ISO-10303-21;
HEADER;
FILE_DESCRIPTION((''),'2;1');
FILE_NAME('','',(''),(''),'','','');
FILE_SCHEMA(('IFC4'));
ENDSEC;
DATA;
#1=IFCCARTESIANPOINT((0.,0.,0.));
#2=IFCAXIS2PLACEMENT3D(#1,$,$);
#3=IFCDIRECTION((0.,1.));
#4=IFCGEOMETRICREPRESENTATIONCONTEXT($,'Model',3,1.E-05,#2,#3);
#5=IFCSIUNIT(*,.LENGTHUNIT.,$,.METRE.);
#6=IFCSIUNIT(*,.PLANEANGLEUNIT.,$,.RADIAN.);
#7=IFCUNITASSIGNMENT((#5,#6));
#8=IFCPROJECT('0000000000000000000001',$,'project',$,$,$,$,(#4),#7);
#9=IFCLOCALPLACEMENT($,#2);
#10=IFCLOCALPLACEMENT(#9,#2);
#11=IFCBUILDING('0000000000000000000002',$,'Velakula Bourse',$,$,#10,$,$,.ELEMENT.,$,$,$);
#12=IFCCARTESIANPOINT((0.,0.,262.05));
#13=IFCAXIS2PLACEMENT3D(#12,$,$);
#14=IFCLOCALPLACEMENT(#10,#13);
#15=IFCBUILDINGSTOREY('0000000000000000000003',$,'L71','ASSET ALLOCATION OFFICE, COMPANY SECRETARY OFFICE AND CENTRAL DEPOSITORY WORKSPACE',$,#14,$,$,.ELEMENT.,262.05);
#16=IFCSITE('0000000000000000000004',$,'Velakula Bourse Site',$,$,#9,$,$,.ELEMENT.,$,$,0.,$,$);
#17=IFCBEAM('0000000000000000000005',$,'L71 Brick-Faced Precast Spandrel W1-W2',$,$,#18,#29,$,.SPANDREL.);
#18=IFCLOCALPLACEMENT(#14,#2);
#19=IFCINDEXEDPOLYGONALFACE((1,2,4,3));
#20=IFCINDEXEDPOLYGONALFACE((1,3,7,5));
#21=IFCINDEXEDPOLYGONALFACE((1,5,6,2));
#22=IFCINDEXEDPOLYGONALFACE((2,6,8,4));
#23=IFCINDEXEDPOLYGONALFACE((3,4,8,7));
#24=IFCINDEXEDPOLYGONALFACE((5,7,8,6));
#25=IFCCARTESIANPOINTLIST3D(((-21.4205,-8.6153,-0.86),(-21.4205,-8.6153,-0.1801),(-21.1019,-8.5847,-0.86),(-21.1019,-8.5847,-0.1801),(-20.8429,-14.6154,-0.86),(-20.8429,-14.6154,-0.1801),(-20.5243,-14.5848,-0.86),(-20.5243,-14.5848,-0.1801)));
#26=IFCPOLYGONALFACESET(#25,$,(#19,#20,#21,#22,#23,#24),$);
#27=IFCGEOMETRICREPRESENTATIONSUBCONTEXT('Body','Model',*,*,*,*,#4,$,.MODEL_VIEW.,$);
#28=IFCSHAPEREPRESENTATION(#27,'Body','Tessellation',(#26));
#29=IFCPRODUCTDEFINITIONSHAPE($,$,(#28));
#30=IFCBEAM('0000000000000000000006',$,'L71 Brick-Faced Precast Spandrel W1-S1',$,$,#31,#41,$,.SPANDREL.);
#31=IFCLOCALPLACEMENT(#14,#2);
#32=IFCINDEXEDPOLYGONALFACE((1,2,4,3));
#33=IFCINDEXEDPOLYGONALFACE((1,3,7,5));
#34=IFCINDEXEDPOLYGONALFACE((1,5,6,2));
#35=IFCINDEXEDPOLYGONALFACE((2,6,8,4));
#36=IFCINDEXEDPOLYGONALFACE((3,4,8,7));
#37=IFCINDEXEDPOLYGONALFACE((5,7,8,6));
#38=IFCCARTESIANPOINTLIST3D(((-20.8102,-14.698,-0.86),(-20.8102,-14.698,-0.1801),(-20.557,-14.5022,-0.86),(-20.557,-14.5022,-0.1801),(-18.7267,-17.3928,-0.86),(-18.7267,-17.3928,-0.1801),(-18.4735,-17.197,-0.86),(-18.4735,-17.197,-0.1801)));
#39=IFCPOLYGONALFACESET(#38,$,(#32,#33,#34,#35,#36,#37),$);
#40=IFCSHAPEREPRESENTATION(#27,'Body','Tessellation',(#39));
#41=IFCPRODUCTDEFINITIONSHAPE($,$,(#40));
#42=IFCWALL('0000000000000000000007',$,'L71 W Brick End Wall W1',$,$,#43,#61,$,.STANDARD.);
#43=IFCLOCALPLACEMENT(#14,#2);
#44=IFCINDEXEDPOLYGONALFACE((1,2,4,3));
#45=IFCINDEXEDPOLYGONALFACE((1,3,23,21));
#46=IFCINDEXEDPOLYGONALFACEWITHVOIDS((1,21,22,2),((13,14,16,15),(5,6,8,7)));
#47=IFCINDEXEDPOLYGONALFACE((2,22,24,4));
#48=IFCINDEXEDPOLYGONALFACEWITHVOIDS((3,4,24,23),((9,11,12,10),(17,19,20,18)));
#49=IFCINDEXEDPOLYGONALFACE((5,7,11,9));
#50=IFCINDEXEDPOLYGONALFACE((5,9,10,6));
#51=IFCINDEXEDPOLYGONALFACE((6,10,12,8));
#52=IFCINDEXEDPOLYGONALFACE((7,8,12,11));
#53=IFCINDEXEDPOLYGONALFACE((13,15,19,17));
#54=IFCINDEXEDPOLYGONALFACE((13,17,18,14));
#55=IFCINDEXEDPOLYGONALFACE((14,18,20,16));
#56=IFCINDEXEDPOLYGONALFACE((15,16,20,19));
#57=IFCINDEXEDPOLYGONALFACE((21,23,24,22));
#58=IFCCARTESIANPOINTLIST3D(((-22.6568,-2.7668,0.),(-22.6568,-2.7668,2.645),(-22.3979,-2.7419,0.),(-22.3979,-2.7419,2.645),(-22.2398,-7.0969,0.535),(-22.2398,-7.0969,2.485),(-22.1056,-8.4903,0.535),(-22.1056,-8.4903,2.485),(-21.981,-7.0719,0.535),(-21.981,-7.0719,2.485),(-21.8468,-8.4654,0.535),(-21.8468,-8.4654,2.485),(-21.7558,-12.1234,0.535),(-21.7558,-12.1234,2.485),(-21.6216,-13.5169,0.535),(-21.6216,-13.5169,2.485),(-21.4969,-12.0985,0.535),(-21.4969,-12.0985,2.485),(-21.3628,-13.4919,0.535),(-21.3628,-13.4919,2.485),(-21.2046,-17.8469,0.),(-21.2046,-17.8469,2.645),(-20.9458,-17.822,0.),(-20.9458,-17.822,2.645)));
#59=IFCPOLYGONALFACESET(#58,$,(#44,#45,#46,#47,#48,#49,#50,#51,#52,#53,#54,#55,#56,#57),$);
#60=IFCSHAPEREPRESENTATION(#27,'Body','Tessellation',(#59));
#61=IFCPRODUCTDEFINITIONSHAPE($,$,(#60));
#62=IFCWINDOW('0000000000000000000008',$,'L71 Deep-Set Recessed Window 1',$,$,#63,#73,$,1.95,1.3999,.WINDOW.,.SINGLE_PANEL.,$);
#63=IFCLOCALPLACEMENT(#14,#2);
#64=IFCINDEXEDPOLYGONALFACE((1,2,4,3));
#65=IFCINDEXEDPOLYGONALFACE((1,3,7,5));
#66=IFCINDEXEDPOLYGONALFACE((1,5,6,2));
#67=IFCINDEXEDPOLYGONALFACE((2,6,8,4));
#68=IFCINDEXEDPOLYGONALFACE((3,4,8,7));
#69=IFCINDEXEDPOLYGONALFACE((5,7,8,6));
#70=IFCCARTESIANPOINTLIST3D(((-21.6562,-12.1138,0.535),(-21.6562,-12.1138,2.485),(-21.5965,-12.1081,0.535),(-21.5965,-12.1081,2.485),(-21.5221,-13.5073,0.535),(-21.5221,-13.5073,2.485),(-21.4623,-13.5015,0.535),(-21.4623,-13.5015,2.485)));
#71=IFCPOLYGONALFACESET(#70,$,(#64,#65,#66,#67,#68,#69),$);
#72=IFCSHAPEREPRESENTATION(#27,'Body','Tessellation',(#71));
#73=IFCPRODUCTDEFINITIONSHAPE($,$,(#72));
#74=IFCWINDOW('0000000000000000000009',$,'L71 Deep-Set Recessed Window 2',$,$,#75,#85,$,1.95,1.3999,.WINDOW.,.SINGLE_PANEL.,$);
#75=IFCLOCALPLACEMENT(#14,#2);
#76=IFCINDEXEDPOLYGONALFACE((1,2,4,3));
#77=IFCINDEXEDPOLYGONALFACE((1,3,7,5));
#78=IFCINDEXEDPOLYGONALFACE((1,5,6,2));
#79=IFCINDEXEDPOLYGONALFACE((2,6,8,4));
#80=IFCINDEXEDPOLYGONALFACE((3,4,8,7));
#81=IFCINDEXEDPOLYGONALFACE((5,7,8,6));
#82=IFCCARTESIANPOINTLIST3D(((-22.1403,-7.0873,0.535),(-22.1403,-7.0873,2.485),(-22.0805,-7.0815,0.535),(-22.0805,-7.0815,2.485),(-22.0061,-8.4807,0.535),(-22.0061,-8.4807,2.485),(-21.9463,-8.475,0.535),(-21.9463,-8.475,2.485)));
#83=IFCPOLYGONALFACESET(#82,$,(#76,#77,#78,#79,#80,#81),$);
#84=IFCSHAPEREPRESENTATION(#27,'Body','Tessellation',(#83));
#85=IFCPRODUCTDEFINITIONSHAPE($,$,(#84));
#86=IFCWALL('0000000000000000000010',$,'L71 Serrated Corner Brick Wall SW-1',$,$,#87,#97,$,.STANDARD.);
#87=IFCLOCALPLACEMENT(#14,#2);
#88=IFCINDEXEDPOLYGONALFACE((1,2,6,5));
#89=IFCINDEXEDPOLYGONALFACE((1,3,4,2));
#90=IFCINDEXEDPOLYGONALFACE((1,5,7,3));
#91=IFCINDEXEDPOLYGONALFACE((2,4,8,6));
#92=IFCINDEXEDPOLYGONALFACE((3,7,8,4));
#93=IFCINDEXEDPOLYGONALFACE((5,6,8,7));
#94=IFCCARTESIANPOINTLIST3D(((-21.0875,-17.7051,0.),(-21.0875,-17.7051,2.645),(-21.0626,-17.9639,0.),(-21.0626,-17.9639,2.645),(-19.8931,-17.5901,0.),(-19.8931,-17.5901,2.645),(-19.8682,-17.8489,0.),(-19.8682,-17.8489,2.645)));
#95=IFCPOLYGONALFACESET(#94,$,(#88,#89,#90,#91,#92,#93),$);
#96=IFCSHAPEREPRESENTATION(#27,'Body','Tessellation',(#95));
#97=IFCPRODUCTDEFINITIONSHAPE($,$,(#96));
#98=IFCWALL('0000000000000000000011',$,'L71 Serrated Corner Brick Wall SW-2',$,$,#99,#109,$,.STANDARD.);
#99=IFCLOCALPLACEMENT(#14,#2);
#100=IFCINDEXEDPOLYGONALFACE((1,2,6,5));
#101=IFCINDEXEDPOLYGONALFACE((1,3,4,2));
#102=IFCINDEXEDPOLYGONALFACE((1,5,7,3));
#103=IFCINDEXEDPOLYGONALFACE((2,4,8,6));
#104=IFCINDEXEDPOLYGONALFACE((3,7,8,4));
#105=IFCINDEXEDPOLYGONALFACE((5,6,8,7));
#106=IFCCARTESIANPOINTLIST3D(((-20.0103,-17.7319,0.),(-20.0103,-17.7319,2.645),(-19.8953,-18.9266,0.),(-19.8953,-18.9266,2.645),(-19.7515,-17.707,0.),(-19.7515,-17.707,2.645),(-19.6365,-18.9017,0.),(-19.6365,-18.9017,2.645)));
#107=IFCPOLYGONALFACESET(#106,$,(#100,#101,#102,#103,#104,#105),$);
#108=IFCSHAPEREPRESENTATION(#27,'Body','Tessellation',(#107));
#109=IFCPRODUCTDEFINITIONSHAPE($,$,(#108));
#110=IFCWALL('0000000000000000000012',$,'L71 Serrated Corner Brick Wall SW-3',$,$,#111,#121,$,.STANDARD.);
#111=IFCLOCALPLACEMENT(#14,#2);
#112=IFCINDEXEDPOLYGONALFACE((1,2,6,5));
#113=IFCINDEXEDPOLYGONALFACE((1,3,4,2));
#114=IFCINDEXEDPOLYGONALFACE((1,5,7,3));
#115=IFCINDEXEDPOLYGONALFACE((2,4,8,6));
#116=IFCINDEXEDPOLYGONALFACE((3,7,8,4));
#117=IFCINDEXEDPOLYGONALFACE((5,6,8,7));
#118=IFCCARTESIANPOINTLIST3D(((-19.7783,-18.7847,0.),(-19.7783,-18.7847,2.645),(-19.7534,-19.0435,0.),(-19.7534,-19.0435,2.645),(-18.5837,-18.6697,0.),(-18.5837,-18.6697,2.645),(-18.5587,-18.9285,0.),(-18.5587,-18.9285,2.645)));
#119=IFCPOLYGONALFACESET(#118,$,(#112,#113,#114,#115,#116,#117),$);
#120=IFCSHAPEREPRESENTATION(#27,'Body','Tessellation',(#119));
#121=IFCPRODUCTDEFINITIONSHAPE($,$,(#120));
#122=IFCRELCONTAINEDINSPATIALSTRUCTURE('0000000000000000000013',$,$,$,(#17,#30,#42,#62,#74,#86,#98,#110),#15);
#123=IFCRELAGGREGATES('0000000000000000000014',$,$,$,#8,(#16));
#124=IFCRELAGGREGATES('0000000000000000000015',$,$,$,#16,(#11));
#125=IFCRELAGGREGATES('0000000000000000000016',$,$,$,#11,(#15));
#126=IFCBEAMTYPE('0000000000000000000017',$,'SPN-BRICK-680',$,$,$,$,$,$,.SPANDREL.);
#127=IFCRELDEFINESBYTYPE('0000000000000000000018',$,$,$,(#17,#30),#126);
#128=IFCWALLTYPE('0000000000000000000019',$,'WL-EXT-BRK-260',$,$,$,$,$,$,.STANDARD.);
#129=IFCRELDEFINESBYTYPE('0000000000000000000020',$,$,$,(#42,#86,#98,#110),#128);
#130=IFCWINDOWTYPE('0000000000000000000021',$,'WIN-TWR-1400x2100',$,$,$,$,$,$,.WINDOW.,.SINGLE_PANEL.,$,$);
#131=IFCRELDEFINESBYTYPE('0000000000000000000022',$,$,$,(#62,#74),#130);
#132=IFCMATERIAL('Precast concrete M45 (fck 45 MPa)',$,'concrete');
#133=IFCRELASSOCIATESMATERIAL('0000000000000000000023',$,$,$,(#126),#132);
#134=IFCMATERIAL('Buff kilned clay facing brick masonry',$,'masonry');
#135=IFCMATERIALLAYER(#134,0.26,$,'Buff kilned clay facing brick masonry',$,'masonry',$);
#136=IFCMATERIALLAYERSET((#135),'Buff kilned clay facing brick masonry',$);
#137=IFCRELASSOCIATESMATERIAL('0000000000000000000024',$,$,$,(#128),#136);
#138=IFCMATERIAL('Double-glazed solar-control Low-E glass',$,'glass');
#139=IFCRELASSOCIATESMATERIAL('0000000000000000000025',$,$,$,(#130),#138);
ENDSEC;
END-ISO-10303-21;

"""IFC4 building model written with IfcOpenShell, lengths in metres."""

from ifc_helpers import new_model, si_unit, direction, frame, frame_2d, origin, origin_2d, place, context, subcontext, project, spatial, rectangle, extrude, material, layer, layer_set, material_profile, profile_set, type_object, element, fill, save


model = new_model("IFC4")

# Units and contexts
model_context = context("Model", 3, precision=1e-05, world=origin(), true_north=direction((0.0, 1.0)))
body_context = subcontext(model_context, "Body", "Model", "MODEL_VIEW")
ifc_project = project(units=[si_unit("LENGTHUNIT", "METRE"), si_unit("PLANEANGLEUNIT", "RADIAN")], contexts=[model_context])

# Site, building, storey
site_placement = place(None, origin())
site = spatial("IfcSite", under=ifc_project, at=site_placement, Name="Velakula Bourse Site", CompositionType="ELEMENT", RefElevation=0.0)
building_placement = place(site_placement, origin())
building = spatial("IfcBuilding", under=site, at=building_placement, Name="Velakula Bourse", CompositionType="ELEMENT")
storey_placement = place(building_placement, frame((0.0, 0.0, 262.05)))
storey = spatial("IfcBuildingStorey", under=building, at=storey_placement, Name="L71", Description="ASSET ALLOCATION OFFICE, COMPANY SECRETARY OFFICE AND CENTRAL DEPOSITORY WORKSPACE", CompositionType="ELEMENT", Elevation=262.05)

# Shared definitions
ifc_material_1 = material(Name="Precast concrete M45 (fck 45 MPa)", Category="concrete")

# Beams
ifc_material_profile_1 = material_profile(ifc_material_1, rectangle(XDim=0.3201, YDim=0.6799, at=origin_2d()), Name="Precast concrete M45 (fck 45 MPa)")
ifc_profile_set_1 = profile_set([ifc_material_profile_1], Name="Precast concrete M45 (fck 45 MPa)")
beam_type_1 = type_object("IfcBeamType", Name="SPN-BRICK-680", PredefinedType="SPANDREL", material=ifc_profile_set_1)
beam_1_placement = place(storey_placement, frame((-20.6836, -14.6001, -0.52), z_axis=(-0.09583, 0.995398, 0.0), x_axis=(-0.995398, -0.09583, 0.0)))
element("IfcBeam", 1, at=beam_1_placement, inside=storey, type_object=beam_type_1, Name="L71 Brick-Faced Precast Spandrel W1-W2", PredefinedType="SPANDREL", context=body_context, shape_type="SweptSolid", body=[
    extrude(rectangle(XDim=0.3201, YDim=0.6799, at=origin_2d()), origin(), (0.0, 0.0, 1.0), 6.0278),
])
beam_2_placement = place(storey_placement, frame((-20.6836, -14.6001, -0.52), z_axis=(0.611656, -0.791124, 0.0), x_axis=(0.791124, 0.611656, 0.0)))
element("IfcBeam", 2, at=beam_2_placement, inside=storey, type_object=beam_type_1, Name="L71 Brick-Faced Precast Spandrel W1-S1", PredefinedType="SPANDREL", context=body_context, shape_type="SweptSolid", body=[
    extrude(rectangle(XDim=0.3201, YDim=0.6799, at=origin_2d()), origin(), (0.0, 0.0, 1.0), 3.4062),
])

# Wall, openings, windows
ifc_material_2 = material(Name="Buff kilned clay facing brick masonry", Category="masonry")
ifc_layer = layer(ifc_material_2, 0.26, Name="Buff kilned clay facing brick masonry", Category="masonry")
ifc_layer_set = layer_set([ifc_layer], Name="Buff kilned clay facing brick masonry")
wall_type = type_object("IfcWallType", Name="WL-EXT-BRK-260", PredefinedType="STANDARD", material=ifc_layer_set)
wall_1_placement = place(storey_placement, frame((-21.0752, -17.8345, 0.0), z_axis=(0.0, 0.0, 1.0), x_axis=(-0.095852, 0.995396, 0.0)))
wall_1 = element("IfcWall", 3, at=wall_1_placement, inside=storey, type_object=wall_type, Name="L71 W Brick End Wall W1", PredefinedType="STANDARD", context=body_context, shape_type="SweptSolid", body=[
    extrude(rectangle(XDim=15.1499, YDim=0.26, at=frame_2d((7.575, 0.0))), origin(), (0.0, 0.0, 1.0), 2.645),
])
opening_1_placement = place(wall_1_placement, frame((4.3501, 0.0, 0.5349)))
opening_1 = element("IfcOpeningElement", 4, at=opening_1_placement, cuts=wall_1, PredefinedType="OPENING", context=body_context, shape_type="SweptSolid", body=[
    extrude(rectangle(XDim=1.3999, YDim=1.95, at=frame_2d((0.7, 0.9751))), frame((0.0, 0.1399, 0.0), z_axis=(0.0, -1.0, 0.0), x_axis=(1.0, 0.0, 0.0)), (0.0, 0.0, 1.0), 0.28),
])
opening_2_placement = place(wall_1_placement, frame((9.3999, 0.0, 0.5349)))
opening_2 = element("IfcOpeningElement", 5, at=opening_2_placement, cuts=wall_1, PredefinedType="OPENING", context=body_context, shape_type="SweptSolid", body=[
    extrude(rectangle(XDim=1.3999, YDim=1.95, at=frame_2d((0.7, 0.9751))), frame((0.0, 0.1399, 0.0), z_axis=(0.0, -1.0, 0.0), x_axis=(1.0, 0.0, 0.0)), (0.0, 0.0, 1.0), 0.28),
])
ifc_material_3 = material(Name="Double-glazed solar-control Low-E glass", Category="glass")
window_type = type_object("IfcWindowType", Name="WIN-TWR-1400x2100", PartitioningType="SINGLE_PANEL", PredefinedType="WINDOW", material=ifc_material_3)
window_1_placement = place(opening_1_placement, origin())
window_1 = element("IfcWindow", 6, at=window_1_placement, inside=storey, type_object=window_type, Name="L71 Deep-Set Recessed Window 1", OverallHeight=1.95, OverallWidth=1.3999, PartitioningType="SINGLE_PANEL", PredefinedType="WINDOW", context=body_context, shape_type="SweptSolid", body=[
    extrude(rectangle(XDim=1.3999, YDim=1.95, at=frame_2d((0.7, 0.9751))), frame((0.0, 0.03, 0.0), z_axis=(0.0, -1.0, 0.0), x_axis=(1.0, 0.0, 0.0)), (0.0, 0.0, 1.0), 0.0601),
])
fill(opening_1, window_1)
window_2_placement = place(opening_2_placement, origin())
window_2 = element("IfcWindow", 7, at=window_2_placement, inside=storey, type_object=window_type, Name="L71 Deep-Set Recessed Window 2", OverallHeight=1.95, OverallWidth=1.3999, PartitioningType="SINGLE_PANEL", PredefinedType="WINDOW", context=body_context, shape_type="SweptSolid", body=[
    extrude(rectangle(XDim=1.3999, YDim=1.95, at=frame_2d((0.7, 0.9751))), frame((0.0, 0.03, 0.0), z_axis=(0.0, -1.0, 0.0), x_axis=(1.0, 0.0, 0.0)), (0.0, 0.0, 1.0), 0.0601),
])
fill(opening_2, window_2)

# Walls
wall_2_placement = place(storey_placement, frame((-21.0752, -17.8345, 0.0), z_axis=(0.0, 0.0, 1.0), x_axis=(0.995397, 0.095836, 0.0)))
element("IfcWall", 8, at=wall_2_placement, inside=storey, type_object=wall_type, Name="L71 Serrated Corner Brick Wall SW-1", PredefinedType="STANDARD", context=body_context, shape_type="SweptSolid", body=[
    extrude(rectangle(XDim=1.2, YDim=0.26, at=frame_2d((0.6001, 0.0))), origin(), (0.0, 0.0, 1.0), 2.645),
])
for number, where, z_axis, x_axis, name in (
    (9, (-19.8809, -17.7195, 0.0), (0.0, 0.0, 1.0), (0.095817, -0.995399, 0.0), "L71 Serrated Corner Brick Wall SW-2"),
    (10, (-19.7659, -18.9141, 0.0), (0.0, 0.0, 1.0), (0.995399, 0.095817, 0.0), "L71 Serrated Corner Brick Wall SW-3"),
):
    element("IfcWall", number, at=place(storey_placement, frame(where, z_axis=z_axis, x_axis=x_axis)), inside=storey, type_object=wall_type, Name=name, PredefinedType="STANDARD", context=body_context, shape_type="SweptSolid", body=[
        extrude(rectangle(XDim=1.2002, YDim=0.26, at=frame_2d((0.6001, 0.0))), origin(), (0.0, 0.0, 1.0), 2.645),
    ])

save(model, "model.ifc")
